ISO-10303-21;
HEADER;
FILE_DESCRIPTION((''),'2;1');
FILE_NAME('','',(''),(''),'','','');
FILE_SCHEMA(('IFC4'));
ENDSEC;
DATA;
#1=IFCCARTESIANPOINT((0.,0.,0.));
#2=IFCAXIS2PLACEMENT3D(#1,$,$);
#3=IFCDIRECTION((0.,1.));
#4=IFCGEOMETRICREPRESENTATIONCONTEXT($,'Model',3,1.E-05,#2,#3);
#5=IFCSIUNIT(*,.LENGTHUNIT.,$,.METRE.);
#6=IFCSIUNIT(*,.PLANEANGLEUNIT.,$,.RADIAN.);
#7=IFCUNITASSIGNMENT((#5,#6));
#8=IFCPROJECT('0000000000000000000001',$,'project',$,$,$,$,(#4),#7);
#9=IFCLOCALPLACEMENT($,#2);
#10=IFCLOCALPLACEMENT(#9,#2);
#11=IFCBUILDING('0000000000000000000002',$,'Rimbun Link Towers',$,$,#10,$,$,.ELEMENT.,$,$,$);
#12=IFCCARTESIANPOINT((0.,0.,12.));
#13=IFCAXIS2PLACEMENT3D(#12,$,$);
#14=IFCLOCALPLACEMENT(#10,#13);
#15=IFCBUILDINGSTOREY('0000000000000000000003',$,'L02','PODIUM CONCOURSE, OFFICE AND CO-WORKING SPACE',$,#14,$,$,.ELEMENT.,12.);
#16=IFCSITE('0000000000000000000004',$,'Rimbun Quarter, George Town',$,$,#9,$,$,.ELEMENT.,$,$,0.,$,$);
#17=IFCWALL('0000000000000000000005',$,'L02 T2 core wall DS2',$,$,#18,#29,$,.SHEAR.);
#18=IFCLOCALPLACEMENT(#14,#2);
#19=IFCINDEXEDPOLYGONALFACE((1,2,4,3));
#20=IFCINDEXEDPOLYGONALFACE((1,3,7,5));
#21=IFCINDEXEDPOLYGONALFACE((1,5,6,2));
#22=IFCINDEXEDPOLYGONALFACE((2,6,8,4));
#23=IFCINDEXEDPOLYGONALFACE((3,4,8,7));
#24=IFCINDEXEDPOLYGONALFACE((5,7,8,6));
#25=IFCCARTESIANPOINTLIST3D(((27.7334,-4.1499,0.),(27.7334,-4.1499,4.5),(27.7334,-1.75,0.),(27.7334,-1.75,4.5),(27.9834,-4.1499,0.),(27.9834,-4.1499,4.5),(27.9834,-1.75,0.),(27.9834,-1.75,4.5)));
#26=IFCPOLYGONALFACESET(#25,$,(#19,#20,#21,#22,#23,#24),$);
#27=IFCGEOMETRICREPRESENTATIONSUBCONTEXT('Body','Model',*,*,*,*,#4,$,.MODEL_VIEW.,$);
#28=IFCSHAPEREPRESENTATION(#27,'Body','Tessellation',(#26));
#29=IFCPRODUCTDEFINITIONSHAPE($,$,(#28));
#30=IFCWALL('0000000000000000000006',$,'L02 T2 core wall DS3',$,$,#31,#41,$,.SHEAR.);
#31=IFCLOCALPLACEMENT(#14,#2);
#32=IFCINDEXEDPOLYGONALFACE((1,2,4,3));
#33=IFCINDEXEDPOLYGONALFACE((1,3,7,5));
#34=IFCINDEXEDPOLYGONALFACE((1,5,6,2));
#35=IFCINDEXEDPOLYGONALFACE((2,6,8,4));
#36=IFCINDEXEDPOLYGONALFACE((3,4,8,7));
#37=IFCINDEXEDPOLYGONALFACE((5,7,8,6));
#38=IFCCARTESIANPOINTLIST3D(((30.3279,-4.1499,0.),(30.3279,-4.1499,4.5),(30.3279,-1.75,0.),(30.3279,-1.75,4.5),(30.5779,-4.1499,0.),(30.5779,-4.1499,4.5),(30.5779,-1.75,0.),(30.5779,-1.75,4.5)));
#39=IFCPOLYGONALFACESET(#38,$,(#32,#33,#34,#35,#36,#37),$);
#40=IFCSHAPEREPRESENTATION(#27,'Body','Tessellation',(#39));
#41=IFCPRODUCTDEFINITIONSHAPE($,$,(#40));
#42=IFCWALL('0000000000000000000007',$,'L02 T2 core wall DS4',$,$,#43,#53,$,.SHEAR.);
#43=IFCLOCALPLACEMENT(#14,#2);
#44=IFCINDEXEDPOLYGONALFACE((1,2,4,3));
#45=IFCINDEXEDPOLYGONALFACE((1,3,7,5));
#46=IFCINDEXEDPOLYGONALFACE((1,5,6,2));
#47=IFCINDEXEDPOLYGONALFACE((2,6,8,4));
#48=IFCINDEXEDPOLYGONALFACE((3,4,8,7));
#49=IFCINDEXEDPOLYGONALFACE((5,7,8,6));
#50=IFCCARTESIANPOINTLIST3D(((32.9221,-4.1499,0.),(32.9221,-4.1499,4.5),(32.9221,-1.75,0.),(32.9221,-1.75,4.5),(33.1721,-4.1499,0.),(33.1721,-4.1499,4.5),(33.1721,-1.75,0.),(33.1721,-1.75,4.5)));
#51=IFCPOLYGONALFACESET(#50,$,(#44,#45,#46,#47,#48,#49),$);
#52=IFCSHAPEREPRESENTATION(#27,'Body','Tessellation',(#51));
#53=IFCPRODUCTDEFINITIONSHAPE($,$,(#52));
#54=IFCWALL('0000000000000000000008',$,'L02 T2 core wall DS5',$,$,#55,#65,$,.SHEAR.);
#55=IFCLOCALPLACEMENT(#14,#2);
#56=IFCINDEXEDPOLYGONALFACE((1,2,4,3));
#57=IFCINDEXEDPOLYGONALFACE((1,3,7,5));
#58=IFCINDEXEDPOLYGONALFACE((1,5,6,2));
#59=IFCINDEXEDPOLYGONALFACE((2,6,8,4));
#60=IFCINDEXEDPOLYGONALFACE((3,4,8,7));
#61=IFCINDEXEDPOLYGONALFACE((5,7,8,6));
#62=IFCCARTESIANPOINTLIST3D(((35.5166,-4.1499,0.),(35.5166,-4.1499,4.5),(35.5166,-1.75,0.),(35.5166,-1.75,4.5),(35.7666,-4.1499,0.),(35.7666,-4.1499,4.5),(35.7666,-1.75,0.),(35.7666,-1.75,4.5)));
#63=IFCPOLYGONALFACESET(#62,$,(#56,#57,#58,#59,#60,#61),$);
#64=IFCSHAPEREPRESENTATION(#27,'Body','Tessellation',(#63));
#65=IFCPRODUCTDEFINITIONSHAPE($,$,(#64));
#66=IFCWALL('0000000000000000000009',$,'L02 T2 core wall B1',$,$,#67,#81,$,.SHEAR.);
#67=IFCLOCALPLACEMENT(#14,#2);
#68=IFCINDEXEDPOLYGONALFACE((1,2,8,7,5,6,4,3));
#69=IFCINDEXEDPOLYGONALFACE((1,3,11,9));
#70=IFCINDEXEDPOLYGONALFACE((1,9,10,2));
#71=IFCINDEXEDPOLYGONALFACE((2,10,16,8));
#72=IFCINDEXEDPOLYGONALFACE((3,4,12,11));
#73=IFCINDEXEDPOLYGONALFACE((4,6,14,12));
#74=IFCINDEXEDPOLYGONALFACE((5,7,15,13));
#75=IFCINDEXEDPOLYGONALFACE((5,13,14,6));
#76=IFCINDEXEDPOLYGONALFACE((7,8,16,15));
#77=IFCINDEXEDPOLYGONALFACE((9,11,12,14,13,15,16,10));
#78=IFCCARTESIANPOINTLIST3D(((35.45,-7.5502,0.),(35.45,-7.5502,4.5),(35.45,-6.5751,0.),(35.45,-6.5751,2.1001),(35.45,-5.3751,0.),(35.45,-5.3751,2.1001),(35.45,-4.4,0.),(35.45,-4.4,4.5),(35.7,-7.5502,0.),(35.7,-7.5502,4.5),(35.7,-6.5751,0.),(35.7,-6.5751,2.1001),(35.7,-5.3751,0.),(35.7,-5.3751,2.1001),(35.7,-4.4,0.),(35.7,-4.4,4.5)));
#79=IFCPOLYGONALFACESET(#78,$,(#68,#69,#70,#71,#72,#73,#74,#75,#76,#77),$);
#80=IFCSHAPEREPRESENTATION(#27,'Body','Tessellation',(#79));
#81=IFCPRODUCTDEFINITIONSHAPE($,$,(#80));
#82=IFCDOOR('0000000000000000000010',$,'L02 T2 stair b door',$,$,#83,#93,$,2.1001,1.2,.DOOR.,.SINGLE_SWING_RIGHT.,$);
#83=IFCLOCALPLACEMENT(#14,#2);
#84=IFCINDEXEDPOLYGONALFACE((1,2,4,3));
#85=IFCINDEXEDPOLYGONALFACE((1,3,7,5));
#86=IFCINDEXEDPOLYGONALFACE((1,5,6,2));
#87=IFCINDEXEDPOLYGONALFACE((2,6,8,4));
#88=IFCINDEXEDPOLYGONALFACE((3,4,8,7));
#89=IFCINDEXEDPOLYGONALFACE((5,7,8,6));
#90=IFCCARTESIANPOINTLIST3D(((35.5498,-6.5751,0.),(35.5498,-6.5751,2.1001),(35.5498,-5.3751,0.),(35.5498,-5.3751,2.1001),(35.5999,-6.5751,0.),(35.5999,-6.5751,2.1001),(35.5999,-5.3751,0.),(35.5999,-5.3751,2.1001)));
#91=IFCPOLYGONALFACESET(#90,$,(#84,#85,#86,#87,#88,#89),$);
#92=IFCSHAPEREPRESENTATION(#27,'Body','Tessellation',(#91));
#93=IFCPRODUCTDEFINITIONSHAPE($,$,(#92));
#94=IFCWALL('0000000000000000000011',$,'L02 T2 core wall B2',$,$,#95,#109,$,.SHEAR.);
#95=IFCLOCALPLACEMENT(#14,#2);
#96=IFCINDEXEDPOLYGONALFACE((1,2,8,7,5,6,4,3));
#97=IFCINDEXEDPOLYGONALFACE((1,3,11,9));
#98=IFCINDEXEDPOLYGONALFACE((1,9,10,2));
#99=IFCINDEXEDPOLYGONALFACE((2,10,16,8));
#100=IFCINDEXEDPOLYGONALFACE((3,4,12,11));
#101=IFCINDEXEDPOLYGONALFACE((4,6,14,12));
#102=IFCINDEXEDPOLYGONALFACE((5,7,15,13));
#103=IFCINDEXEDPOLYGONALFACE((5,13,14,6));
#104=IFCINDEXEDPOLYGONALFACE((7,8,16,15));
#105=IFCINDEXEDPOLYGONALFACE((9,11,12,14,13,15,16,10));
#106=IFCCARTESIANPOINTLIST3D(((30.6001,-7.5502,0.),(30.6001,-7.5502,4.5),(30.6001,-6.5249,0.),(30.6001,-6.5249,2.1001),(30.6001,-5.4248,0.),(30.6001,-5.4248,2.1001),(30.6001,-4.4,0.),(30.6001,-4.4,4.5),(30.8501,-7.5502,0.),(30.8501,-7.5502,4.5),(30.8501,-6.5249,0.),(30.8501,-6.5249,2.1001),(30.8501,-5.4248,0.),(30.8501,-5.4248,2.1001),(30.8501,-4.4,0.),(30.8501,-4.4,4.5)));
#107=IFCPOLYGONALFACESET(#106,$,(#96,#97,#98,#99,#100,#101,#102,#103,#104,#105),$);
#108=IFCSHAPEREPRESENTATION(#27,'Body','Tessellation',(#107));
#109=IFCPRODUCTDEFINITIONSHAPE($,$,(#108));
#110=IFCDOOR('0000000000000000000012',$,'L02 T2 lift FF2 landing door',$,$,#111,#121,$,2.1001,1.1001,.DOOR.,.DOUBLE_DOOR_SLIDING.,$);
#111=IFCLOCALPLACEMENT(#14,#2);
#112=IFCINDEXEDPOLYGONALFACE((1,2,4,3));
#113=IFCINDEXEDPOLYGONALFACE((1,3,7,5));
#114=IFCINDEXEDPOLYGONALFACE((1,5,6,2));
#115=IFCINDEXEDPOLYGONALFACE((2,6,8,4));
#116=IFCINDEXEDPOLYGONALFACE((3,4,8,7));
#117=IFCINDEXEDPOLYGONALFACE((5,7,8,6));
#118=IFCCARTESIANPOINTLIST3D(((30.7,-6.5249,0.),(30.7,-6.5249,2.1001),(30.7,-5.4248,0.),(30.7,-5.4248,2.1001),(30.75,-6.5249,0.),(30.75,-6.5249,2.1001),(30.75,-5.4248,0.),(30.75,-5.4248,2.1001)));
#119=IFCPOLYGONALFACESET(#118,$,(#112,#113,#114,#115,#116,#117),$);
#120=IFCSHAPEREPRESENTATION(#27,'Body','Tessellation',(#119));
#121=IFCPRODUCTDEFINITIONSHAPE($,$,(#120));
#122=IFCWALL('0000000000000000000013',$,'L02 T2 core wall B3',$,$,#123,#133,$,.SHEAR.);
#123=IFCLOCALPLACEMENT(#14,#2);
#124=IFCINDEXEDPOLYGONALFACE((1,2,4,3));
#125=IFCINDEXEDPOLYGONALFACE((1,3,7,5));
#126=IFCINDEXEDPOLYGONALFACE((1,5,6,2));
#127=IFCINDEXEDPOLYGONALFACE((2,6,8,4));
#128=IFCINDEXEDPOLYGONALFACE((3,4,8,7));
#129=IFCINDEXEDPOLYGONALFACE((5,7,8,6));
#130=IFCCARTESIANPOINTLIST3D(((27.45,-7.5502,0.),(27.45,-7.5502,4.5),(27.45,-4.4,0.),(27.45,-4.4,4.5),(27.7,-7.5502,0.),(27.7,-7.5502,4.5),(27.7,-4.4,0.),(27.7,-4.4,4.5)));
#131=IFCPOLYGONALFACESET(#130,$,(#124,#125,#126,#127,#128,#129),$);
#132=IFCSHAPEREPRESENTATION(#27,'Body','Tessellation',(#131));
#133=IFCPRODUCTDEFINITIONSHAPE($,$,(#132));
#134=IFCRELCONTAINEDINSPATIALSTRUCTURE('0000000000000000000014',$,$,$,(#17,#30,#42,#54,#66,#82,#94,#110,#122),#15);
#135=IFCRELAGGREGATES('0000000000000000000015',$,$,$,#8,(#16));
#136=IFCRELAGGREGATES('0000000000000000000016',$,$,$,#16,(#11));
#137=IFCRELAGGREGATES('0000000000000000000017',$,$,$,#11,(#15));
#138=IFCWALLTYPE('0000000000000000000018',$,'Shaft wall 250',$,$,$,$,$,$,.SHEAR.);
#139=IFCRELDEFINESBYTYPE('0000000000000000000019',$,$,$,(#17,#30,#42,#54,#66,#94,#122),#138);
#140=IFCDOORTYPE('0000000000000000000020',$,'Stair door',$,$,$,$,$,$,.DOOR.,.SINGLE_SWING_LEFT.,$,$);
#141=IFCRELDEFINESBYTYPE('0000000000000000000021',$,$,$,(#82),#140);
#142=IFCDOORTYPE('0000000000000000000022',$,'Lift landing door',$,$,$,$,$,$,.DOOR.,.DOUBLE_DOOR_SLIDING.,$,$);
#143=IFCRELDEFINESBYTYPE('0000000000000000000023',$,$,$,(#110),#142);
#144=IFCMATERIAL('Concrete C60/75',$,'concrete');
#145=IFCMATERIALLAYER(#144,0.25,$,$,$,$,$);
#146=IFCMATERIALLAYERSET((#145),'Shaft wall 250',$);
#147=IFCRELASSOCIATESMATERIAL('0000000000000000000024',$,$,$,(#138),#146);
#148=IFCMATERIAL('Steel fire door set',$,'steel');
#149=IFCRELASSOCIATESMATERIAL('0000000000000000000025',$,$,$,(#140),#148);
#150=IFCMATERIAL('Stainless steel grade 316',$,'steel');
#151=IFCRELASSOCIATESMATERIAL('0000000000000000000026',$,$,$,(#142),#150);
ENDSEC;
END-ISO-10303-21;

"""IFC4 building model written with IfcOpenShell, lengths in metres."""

from ifc_helpers import new_model, si_unit, direction, frame, frame_2d, origin, place, context, subcontext, project, spatial, rectangle, extrude, material, layer, layer_set, type_object, element, fill, save


model = new_model("IFC4")

# Units and contexts
model_context = context("Model", 3, precision=1e-05, world=origin(), true_north=direction((0.0, 1.0)))
body_context = subcontext(model_context, "Body", "Model", "MODEL_VIEW")
ifc_project = project(units=[si_unit("LENGTHUNIT", "METRE"), si_unit("PLANEANGLEUNIT", "RADIAN")], contexts=[model_context])

# Site, building, storey
site_placement = place(None, origin())
site = spatial("IfcSite", under=ifc_project, at=site_placement, Name="Rimbun Quarter, George Town", CompositionType="ELEMENT", RefElevation=0.0)
building_placement = place(site_placement, origin())
building = spatial("IfcBuilding", under=site, at=building_placement, Name="Rimbun Link Towers", CompositionType="ELEMENT")
storey_placement = place(building_placement, frame((0.0, 0.0, 12.0)))
storey = spatial("IfcBuildingStorey", under=building, at=storey_placement, Name="L02", Description="PODIUM CONCOURSE, OFFICE AND CO-WORKING SPACE", CompositionType="ELEMENT", Elevation=12.0)

# Walls
ifc_material_1 = material(Name="Concrete C60/75", Category="concrete")
ifc_layer_1 = layer(ifc_material_1, 0.25)
ifc_layer_set_1 = layer_set([ifc_layer_1], Name="Shaft wall 250")
wall_type_1 = type_object("IfcWallType", Name="Shaft wall 250", PredefinedType="SHEAR", material=ifc_layer_set_1)
for number, where, z_axis, x_axis, name in (
    (1, (27.8584, -4.1499, 0.0), (0.0, 0.0, 1.0), (0.0, 1.0, 0.0), "L02 T2 core wall DS2"),
    (2, (30.4529, -4.1499, 0.0), (0.0, 0.0, 1.0), (0.0, 1.0, 0.0), "L02 T2 core wall DS3"),
    (3, (33.0471, -4.1499, 0.0), (0.0, 0.0, 1.0), (0.0, 1.0, 0.0), "L02 T2 core wall DS4"),
    (4, (35.6416, -4.1499, 0.0), (0.0, 0.0, 1.0), (0.0, 1.0, 0.0), "L02 T2 core wall DS5"),
):
    element("IfcWall", number, at=place(storey_placement, frame(where, z_axis=z_axis, x_axis=x_axis)), inside=storey, type_object=wall_type_1, Name=name, PredefinedType="SHEAR", context=body_context, shape_type="SweptSolid", body=[
        extrude(rectangle(XDim=2.3999, YDim=0.25, at=frame_2d((1.2, 0.0))), origin(), (0.0, 0.0, 1.0), 4.5),
    ])

# Walls, openings, doors
wall_1_placement = place(storey_placement, frame((35.575, -4.3999, 0.0), z_axis=(0.0, 0.0, 1.0), x_axis=(0.0, -1.0, 0.0)))
wall_1 = element("IfcWall", 5, at=wall_1_placement, inside=storey, type_object=wall_type_1, Name="L02 T2 core wall B1", PredefinedType="SHEAR", context=body_context, shape_type="SweptSolid", body=[
    extrude(rectangle(XDim=3.1501, YDim=0.25, at=frame_2d((1.5752, 0.0))), origin(), (0.0, 0.0, 1.0), 4.5),
])
opening_1_placement = place(wall_1_placement, frame((0.9751, 0.0, 0.0)))
opening_1 = element("IfcOpeningElement", 6, at=opening_1_placement, cuts=wall_1, PredefinedType="OPENING", context=body_context, shape_type="SweptSolid", body=[
    extrude(rectangle(XDim=1.2, YDim=2.1001, at=frame_2d((0.6001, 1.05))), frame((0.0, 0.135, 0.0), z_axis=(0.0, -1.0, 0.0), x_axis=(1.0, 0.0, 0.0)), (0.0, 0.0, 1.0), 0.27),
])
ifc_material_2 = material(Name="Steel fire door set", Category="steel")
door_type_1 = type_object("IfcDoorType", Name="Stair door", OperationType="SINGLE_SWING_LEFT", PredefinedType="DOOR", material=ifc_material_2)
door_1_placement = place(opening_1_placement, origin())
door_1 = element("IfcDoor", 7, at=door_1_placement, inside=storey, type_object=door_type_1, Name="L02 T2 stair b door", OperationType="SINGLE_SWING_RIGHT", OverallHeight=2.1001, OverallWidth=1.2, PredefinedType="DOOR", context=body_context, shape_type="SweptSolid", body=[
    extrude(rectangle(XDim=1.2, YDim=2.1001, at=frame_2d((0.6001, 1.05))), frame((0.0, 0.0249, 0.0), z_axis=(0.0, -1.0, 0.0), x_axis=(1.0, 0.0, 0.0)), (0.0, 0.0, 1.0), 0.05),
])
fill(opening_1, door_1)
wall_2_placement = place(storey_placement, frame((30.7251, -4.3999, 0.0), z_axis=(0.0, 0.0, 1.0), x_axis=(0.0, -1.0, 0.0)))
wall_2 = element("IfcWall", 8, at=wall_2_placement, inside=storey, type_object=wall_type_1, Name="L02 T2 core wall B2", PredefinedType="SHEAR", context=body_context, shape_type="SweptSolid", body=[
    extrude(rectangle(XDim=3.1501, YDim=0.25, at=frame_2d((1.5752, 0.0))), origin(), (0.0, 0.0, 1.0), 4.5),
])
opening_2_placement = place(wall_2_placement, frame((1.0249, 0.0, 0.0)))
opening_2 = element("IfcOpeningElement", 9, at=opening_2_placement, cuts=wall_2, PredefinedType="OPENING", context=body_context, shape_type="SweptSolid", body=[
    extrude(rectangle(XDim=1.1001, YDim=2.1001, at=frame_2d((0.55, 1.05))), frame((0.0, 0.135, 0.0), z_axis=(0.0, -1.0, 0.0), x_axis=(1.0, 0.0, 0.0)), (0.0, 0.0, 1.0), 0.27),
])
ifc_material_3 = material(Name="Stainless steel grade 316", Category="steel")
door_type_2 = type_object("IfcDoorType", Name="Lift landing door", OperationType="DOUBLE_DOOR_SLIDING", PredefinedType="DOOR", material=ifc_material_3)
door_2_placement = place(opening_2_placement, origin())
door_2 = element("IfcDoor", 10, at=door_2_placement, inside=storey, type_object=door_type_2, Name="L02 T2 lift FF2 landing door", OperationType="DOUBLE_DOOR_SLIDING", OverallHeight=2.1001, OverallWidth=1.1001, PredefinedType="DOOR", context=body_context, shape_type="SweptSolid", body=[
    extrude(rectangle(XDim=1.1001, YDim=2.1001, at=frame_2d((0.55, 1.05))), frame((0.0, 0.0249, 0.0), z_axis=(0.0, -1.0, 0.0), x_axis=(1.0, 0.0, 0.0)), (0.0, 0.0, 1.0), 0.05),
])
fill(opening_2, door_2)

# Wall
wall_3_placement = place(storey_placement, frame((27.575, -4.3999, 0.0), z_axis=(0.0, 0.0, 1.0), x_axis=(0.0, -1.0, 0.0)))
element("IfcWall", 11, at=wall_3_placement, inside=storey, type_object=wall_type_1, Name="L02 T2 core wall B3", PredefinedType="SHEAR", context=body_context, shape_type="SweptSolid", body=[
    extrude(rectangle(XDim=3.1501, YDim=0.25, at=frame_2d((1.5752, 0.0))), origin(), (0.0, 0.0, 1.0), 4.5),
])

save(model, "model.ifc")
